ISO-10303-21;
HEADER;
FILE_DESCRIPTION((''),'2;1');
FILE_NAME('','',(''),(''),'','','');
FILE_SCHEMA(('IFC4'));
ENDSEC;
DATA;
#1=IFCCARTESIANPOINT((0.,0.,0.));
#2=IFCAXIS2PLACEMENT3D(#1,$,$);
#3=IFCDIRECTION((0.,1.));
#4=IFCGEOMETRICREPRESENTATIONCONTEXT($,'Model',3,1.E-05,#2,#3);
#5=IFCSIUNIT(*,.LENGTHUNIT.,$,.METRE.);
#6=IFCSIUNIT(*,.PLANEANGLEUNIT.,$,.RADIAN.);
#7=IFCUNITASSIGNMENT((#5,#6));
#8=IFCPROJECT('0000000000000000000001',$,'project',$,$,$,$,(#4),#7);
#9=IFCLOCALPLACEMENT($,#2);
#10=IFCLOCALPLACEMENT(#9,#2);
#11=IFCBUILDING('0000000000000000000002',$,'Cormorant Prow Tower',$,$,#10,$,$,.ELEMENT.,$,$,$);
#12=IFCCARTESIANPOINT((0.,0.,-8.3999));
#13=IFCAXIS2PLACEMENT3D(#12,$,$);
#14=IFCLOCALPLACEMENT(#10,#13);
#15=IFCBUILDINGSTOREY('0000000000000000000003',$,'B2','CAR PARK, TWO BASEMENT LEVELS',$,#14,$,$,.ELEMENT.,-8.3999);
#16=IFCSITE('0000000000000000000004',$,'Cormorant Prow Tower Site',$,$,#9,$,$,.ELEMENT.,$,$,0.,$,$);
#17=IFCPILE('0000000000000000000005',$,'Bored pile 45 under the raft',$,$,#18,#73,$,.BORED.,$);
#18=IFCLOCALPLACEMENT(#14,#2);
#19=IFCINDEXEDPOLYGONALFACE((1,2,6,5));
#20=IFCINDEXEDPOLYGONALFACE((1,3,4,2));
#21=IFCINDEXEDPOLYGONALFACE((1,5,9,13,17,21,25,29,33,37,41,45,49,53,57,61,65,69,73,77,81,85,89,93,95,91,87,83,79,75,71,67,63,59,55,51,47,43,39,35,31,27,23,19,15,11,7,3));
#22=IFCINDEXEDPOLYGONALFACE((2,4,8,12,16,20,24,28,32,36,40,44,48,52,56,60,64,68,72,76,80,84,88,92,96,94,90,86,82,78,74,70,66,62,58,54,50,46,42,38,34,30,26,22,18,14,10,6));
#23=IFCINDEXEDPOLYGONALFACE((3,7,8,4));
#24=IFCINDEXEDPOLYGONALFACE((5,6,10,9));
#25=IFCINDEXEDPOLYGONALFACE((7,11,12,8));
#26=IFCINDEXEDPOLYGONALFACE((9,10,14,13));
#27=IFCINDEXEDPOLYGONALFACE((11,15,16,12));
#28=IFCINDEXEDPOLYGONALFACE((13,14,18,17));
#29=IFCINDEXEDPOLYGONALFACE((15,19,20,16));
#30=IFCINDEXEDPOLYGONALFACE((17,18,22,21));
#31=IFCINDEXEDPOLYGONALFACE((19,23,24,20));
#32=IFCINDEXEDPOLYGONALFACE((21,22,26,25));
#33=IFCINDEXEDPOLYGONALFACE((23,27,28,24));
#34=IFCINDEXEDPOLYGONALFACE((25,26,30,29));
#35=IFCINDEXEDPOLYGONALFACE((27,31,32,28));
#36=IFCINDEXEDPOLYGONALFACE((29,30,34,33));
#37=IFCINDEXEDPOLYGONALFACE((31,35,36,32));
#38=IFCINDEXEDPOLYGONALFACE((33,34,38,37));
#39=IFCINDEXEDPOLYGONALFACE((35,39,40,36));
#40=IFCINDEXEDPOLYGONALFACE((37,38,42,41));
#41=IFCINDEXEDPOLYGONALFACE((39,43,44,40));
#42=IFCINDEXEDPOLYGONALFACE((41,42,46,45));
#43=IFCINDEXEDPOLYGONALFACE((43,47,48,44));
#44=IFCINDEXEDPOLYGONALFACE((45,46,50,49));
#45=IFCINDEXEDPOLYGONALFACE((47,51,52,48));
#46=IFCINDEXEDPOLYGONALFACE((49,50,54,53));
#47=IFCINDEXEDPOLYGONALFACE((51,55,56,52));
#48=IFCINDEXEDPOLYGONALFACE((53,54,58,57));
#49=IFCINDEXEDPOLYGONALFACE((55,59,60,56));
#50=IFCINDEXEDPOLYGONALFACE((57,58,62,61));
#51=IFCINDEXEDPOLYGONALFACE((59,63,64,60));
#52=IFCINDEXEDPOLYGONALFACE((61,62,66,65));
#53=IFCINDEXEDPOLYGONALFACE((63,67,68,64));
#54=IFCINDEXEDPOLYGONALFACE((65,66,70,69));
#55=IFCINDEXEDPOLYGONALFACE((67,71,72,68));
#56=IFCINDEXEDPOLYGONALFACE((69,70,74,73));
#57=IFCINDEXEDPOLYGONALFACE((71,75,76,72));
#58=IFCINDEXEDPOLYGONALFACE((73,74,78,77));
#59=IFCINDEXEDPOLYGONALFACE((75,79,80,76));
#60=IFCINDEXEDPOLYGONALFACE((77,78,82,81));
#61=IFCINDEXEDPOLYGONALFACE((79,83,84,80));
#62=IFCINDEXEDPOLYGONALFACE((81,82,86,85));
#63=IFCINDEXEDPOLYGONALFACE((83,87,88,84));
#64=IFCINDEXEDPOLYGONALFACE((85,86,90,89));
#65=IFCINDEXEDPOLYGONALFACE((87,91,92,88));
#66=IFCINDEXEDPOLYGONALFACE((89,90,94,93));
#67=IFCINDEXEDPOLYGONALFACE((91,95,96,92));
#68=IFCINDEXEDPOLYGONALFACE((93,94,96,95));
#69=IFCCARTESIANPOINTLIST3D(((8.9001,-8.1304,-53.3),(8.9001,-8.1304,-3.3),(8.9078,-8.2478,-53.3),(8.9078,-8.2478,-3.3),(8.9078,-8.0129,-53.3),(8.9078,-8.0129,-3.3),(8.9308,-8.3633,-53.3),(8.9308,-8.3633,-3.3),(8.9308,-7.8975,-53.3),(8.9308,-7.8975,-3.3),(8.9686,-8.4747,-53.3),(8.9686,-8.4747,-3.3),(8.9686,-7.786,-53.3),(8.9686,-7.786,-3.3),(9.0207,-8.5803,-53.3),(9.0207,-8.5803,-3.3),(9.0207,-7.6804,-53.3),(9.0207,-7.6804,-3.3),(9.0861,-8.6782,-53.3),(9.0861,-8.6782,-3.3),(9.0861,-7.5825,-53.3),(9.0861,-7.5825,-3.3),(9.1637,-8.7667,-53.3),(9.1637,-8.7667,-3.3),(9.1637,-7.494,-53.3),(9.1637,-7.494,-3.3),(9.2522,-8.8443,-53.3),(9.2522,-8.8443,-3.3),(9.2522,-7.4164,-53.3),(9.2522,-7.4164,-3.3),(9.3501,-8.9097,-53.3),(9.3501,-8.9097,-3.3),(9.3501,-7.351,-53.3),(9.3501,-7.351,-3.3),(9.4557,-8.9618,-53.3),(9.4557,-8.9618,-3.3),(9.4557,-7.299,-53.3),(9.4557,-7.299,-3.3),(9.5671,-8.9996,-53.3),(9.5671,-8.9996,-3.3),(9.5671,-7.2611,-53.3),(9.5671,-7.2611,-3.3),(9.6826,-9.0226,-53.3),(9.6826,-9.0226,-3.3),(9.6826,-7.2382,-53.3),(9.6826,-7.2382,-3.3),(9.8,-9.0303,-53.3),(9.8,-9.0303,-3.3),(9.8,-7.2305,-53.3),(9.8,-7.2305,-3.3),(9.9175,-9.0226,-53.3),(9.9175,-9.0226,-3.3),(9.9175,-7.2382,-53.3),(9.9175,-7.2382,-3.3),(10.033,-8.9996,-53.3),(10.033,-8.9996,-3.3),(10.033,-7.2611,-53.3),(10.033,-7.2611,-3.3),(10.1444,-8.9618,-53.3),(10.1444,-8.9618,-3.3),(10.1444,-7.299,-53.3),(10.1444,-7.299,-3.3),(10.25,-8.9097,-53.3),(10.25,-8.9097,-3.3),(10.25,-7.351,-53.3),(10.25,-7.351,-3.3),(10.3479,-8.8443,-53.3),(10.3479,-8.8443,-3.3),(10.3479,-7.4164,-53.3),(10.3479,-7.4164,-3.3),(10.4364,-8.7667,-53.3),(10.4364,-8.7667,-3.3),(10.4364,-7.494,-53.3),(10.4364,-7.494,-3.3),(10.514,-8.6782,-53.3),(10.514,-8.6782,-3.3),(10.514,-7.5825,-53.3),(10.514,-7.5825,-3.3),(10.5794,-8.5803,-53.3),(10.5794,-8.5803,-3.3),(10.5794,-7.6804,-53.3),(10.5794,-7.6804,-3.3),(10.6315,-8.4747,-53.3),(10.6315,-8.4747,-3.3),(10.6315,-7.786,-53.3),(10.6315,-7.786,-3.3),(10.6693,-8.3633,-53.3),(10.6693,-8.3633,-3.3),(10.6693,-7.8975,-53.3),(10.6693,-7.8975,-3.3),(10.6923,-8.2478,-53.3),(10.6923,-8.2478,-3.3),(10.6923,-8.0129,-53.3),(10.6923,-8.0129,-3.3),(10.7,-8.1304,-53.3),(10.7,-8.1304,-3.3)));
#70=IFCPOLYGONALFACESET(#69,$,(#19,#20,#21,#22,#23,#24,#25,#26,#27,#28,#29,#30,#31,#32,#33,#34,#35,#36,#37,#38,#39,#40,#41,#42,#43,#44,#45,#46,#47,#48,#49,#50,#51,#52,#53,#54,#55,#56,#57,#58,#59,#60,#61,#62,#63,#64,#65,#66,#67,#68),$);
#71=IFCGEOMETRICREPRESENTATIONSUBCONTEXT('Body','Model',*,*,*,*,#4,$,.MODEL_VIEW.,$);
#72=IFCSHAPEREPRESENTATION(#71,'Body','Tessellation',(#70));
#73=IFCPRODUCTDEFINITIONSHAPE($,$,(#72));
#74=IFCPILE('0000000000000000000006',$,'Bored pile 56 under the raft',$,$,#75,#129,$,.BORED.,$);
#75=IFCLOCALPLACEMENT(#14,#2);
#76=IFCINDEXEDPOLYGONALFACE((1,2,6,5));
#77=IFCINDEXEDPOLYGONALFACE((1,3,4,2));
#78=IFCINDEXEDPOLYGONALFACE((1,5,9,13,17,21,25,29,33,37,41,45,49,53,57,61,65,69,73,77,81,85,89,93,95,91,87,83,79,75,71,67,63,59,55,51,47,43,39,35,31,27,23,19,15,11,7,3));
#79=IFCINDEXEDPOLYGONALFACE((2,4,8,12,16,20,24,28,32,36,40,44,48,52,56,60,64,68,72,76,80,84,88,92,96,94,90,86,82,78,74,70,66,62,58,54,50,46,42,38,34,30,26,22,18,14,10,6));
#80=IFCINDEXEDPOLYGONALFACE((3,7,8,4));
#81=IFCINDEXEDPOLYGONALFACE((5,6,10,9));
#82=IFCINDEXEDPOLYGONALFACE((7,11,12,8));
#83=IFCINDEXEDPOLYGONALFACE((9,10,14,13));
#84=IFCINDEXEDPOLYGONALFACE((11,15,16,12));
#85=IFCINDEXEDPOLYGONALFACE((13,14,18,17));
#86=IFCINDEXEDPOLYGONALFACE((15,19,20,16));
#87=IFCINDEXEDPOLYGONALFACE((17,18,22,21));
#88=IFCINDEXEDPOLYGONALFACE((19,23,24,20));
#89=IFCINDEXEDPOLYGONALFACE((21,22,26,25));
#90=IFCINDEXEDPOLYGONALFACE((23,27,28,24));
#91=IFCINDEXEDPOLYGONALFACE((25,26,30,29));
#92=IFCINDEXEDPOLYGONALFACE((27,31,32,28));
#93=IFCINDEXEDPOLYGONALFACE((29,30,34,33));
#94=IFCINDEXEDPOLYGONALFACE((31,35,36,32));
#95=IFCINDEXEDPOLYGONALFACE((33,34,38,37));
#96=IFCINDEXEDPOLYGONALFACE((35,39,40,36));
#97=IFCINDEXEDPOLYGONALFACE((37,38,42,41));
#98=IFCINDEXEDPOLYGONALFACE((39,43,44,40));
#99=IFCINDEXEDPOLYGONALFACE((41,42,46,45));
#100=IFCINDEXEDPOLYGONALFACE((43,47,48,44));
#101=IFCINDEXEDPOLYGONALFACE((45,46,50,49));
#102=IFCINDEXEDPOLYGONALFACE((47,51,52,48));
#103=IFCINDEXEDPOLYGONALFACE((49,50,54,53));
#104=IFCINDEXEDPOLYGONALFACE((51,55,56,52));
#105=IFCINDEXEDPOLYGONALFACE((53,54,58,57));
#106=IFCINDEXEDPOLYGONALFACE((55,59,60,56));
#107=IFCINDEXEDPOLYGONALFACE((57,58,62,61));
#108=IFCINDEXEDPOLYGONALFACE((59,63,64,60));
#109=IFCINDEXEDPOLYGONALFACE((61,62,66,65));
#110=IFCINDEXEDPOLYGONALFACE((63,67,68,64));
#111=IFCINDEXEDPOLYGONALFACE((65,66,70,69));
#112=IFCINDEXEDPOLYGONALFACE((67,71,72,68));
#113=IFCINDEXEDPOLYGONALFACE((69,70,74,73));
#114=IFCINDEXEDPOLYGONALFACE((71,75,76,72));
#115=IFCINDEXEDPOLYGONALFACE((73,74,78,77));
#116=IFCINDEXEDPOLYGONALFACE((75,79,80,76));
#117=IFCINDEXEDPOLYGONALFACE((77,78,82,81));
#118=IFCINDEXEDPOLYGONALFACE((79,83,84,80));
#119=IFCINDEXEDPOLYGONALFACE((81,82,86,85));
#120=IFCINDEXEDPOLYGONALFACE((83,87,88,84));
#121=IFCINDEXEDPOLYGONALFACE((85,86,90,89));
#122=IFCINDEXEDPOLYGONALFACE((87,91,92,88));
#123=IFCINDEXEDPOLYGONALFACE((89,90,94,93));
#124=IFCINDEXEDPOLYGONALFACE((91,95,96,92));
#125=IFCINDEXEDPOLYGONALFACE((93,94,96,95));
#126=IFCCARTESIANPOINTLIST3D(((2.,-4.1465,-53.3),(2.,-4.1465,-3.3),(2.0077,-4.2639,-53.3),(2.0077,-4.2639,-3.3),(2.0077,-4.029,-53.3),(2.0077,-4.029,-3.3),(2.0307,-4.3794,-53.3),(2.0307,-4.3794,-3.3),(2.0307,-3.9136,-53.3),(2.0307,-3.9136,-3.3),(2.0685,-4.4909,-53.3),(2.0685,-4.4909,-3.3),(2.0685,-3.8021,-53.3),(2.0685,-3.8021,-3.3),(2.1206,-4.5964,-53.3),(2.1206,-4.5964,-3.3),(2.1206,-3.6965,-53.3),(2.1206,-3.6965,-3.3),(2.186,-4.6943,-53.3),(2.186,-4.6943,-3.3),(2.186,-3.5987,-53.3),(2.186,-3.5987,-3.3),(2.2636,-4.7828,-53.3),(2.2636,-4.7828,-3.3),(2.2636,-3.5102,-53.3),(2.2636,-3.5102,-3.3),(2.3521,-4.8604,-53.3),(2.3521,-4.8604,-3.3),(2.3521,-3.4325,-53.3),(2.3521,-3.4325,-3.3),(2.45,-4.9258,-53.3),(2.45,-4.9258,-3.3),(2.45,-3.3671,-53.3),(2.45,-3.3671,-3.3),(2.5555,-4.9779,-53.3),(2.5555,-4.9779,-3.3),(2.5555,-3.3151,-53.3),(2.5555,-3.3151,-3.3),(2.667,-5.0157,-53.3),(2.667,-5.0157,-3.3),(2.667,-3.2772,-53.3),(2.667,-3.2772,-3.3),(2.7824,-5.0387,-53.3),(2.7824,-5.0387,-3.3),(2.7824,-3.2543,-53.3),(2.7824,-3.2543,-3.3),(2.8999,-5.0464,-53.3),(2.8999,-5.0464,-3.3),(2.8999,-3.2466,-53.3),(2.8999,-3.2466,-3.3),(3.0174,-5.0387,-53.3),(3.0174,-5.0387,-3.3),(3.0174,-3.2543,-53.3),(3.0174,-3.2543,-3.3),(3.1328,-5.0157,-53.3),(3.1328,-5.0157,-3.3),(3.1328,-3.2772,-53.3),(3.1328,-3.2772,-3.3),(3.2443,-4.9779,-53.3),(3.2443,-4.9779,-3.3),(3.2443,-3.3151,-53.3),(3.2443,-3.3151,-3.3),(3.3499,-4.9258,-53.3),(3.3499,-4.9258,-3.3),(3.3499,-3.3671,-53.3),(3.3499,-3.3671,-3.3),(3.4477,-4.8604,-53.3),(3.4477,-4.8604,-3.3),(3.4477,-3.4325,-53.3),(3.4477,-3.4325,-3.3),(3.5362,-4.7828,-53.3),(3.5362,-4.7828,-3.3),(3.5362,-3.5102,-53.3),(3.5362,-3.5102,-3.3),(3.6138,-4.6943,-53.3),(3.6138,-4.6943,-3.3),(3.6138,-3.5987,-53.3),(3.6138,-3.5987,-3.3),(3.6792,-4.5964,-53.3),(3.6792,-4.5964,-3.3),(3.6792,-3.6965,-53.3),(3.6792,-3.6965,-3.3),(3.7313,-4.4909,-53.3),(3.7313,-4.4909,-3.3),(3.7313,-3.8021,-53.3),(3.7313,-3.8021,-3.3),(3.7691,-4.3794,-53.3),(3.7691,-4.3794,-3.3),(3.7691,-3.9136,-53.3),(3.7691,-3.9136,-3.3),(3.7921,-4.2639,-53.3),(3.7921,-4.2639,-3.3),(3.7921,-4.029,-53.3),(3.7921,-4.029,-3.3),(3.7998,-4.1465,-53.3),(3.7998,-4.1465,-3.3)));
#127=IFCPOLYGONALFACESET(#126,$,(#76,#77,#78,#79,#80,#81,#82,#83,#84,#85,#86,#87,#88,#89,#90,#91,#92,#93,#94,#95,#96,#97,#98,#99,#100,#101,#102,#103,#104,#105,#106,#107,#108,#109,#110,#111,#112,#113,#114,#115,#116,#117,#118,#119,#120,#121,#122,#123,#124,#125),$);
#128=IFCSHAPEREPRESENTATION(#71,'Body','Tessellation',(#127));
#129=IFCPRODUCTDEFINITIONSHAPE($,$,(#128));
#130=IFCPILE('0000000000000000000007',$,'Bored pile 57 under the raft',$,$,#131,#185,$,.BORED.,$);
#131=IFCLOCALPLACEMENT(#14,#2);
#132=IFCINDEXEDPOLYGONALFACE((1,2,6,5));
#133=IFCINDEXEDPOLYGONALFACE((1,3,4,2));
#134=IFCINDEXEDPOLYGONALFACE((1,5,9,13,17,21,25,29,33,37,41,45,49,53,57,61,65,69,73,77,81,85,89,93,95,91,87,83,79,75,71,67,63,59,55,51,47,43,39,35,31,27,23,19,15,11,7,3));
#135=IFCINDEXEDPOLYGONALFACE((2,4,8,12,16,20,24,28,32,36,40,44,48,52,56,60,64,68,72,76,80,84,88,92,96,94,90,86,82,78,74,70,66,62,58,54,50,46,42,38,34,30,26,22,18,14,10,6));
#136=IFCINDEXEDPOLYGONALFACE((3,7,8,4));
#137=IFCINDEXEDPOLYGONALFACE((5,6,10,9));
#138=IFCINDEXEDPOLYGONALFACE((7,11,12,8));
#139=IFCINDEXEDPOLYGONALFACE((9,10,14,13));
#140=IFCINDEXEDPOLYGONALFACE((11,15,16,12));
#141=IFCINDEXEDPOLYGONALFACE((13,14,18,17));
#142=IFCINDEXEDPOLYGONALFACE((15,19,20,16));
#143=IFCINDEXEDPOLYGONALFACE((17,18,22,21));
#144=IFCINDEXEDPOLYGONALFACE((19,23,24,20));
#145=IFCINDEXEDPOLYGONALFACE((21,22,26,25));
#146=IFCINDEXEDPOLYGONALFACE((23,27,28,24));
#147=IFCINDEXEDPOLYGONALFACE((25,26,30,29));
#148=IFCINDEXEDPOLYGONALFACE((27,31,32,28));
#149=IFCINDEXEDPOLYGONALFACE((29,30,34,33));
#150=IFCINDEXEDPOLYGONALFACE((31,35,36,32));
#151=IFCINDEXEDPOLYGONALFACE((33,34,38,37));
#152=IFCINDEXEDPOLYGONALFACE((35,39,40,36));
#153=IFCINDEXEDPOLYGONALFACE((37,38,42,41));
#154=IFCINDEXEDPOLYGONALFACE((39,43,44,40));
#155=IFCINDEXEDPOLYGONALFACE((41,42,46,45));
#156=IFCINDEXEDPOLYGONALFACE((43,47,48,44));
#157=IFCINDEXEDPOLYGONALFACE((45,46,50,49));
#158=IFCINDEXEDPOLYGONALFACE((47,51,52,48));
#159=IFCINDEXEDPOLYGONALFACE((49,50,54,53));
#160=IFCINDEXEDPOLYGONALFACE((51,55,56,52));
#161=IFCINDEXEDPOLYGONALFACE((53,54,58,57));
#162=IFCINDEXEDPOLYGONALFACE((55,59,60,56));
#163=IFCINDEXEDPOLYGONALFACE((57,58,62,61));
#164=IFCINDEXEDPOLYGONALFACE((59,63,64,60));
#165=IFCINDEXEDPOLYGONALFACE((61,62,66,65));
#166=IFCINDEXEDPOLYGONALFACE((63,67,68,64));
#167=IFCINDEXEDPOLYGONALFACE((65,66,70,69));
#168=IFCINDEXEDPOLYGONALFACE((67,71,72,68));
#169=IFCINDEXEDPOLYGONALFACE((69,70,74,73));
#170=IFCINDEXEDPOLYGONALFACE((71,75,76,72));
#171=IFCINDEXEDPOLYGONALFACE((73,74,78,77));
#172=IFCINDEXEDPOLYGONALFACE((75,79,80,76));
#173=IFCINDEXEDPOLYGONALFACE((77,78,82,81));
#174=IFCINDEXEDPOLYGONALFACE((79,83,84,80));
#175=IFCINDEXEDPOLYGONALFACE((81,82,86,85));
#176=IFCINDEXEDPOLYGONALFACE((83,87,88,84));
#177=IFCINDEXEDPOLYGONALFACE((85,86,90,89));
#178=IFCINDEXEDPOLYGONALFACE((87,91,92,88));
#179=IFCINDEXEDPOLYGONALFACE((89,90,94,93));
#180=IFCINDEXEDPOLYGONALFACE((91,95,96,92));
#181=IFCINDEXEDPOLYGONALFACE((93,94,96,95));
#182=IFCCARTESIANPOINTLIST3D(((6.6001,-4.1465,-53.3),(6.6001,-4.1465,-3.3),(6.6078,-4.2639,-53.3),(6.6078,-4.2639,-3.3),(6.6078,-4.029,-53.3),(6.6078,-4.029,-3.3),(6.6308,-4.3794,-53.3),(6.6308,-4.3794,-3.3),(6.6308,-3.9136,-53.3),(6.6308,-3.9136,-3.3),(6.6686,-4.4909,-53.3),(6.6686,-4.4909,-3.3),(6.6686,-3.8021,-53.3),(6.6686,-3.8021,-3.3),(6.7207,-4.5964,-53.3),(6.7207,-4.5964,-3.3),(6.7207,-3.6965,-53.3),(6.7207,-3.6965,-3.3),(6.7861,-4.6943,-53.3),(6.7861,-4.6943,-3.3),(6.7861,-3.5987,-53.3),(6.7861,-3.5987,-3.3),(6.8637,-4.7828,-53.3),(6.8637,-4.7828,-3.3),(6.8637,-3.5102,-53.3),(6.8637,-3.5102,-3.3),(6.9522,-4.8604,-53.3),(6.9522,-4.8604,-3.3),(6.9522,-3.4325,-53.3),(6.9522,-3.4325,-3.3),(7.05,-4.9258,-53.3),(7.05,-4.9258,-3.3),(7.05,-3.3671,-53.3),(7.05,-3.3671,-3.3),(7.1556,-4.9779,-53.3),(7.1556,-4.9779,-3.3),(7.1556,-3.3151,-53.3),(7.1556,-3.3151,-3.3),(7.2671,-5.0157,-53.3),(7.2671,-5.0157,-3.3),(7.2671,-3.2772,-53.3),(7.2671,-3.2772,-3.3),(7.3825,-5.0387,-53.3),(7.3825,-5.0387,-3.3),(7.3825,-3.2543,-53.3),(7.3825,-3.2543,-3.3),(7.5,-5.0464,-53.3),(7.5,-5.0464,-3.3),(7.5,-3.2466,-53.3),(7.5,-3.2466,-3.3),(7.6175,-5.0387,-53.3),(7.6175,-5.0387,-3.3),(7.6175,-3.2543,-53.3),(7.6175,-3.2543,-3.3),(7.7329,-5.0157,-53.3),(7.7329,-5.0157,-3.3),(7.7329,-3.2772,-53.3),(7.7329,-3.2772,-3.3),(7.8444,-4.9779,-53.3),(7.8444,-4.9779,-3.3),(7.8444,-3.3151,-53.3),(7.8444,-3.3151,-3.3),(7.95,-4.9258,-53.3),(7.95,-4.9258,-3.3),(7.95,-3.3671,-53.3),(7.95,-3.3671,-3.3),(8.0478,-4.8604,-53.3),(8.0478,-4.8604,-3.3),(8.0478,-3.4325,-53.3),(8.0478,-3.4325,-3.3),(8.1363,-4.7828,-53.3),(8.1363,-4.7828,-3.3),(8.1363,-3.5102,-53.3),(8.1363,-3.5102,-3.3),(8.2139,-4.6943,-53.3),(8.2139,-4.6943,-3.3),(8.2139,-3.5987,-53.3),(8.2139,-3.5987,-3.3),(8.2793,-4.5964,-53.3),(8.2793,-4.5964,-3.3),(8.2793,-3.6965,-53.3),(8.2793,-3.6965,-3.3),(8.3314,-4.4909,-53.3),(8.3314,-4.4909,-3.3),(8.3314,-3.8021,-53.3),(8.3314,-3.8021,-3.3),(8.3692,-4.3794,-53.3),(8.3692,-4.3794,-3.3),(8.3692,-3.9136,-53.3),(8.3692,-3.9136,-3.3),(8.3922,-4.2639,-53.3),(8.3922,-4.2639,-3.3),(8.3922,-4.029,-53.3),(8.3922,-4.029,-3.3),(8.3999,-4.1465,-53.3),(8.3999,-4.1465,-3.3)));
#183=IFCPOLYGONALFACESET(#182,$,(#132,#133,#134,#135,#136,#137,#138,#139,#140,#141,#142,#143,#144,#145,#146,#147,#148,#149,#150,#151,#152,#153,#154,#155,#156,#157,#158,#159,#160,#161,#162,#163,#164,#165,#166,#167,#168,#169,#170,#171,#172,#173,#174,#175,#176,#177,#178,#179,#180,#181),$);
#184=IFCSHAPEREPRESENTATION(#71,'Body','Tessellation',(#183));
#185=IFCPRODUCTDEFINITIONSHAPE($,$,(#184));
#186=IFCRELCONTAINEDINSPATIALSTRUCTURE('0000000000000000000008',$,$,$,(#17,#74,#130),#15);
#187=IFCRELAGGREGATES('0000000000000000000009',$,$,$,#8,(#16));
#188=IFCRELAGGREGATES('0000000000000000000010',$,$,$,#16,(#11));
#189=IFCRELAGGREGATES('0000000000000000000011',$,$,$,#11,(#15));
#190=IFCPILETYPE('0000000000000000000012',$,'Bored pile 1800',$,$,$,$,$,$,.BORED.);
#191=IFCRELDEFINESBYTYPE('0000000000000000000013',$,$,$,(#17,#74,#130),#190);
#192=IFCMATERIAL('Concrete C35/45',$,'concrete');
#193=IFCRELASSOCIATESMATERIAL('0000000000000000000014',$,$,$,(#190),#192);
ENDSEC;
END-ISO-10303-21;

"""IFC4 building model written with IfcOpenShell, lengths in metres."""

from ifc_helpers import new_model, si_unit, direction, frame, origin, origin_2d, place, context, subcontext, project, spatial, circle, extrude, material, material_profile, profile_set, type_object, element, save


model = new_model("IFC4")

# Units and contexts
model_context = context("Model", 3, precision=1e-05, world=origin(), true_north=direction((0.0, 1.0)))
body_context = subcontext(model_context, "Body", "Model", "MODEL_VIEW")
ifc_project = project(units=[si_unit("LENGTHUNIT", "METRE"), si_unit("PLANEANGLEUNIT", "RADIAN")], contexts=[model_context])

# Site, building, storey
site_placement = place(None, origin())
site = spatial("IfcSite", under=ifc_project, at=site_placement, Name="Cormorant Prow Tower Site", CompositionType="ELEMENT", RefElevation=0.0)
building_placement = place(site_placement, origin())
building = spatial("IfcBuilding", under=site, at=building_placement, Name="Cormorant Prow Tower", CompositionType="ELEMENT")
storey_placement = place(building_placement, frame((0.0, 0.0, -8.3999)))
storey = spatial("IfcBuildingStorey", under=building, at=storey_placement, Name="B2", Description="CAR PARK, TWO BASEMENT LEVELS", CompositionType="ELEMENT", Elevation=-8.3999)

# Piles
ifc_material_1 = material(Name="Concrete C35/45", Category="concrete")
ifc_material_profile_1 = material_profile(ifc_material_1, circle(Radius=0.8999, at=origin_2d()), Name="Round 1800")
ifc_profile_set_1 = profile_set([ifc_material_profile_1], Name="Concrete C35/45")
pile_type_1 = type_object("IfcPileType", Name="Bored pile 1800", PredefinedType="BORED", material=ifc_profile_set_1)
for number, where, z_axis, x_axis, name in (
    (1, (9.8, -8.1304, -3.3), (0.0, 0.0, -1.0), (1.0, 0.0, 0.0), "Bored pile 45 under the raft"),
    (2, (2.8999, -4.1465, -3.3), (0.0, 0.0, -1.0), (1.0, 0.0, 0.0), "Bored pile 56 under the raft"),
    (3, (7.5, -4.1465, -3.3), (0.0, 0.0, -1.0), (1.0, 0.0, 0.0), "Bored pile 57 under the raft"),
):
    element("IfcPile", number, at=place(storey_placement, frame(where, z_axis=z_axis, x_axis=x_axis)), inside=storey, type_object=pile_type_1, Name=name, PredefinedType="BORED", context=body_context, shape_type="SweptSolid", body=[
        extrude(circle(Radius=0.8999, at=origin_2d()), origin(), (0.0, 0.0, 1.0), 50.0),
    ])

save(model, "model.ifc")
